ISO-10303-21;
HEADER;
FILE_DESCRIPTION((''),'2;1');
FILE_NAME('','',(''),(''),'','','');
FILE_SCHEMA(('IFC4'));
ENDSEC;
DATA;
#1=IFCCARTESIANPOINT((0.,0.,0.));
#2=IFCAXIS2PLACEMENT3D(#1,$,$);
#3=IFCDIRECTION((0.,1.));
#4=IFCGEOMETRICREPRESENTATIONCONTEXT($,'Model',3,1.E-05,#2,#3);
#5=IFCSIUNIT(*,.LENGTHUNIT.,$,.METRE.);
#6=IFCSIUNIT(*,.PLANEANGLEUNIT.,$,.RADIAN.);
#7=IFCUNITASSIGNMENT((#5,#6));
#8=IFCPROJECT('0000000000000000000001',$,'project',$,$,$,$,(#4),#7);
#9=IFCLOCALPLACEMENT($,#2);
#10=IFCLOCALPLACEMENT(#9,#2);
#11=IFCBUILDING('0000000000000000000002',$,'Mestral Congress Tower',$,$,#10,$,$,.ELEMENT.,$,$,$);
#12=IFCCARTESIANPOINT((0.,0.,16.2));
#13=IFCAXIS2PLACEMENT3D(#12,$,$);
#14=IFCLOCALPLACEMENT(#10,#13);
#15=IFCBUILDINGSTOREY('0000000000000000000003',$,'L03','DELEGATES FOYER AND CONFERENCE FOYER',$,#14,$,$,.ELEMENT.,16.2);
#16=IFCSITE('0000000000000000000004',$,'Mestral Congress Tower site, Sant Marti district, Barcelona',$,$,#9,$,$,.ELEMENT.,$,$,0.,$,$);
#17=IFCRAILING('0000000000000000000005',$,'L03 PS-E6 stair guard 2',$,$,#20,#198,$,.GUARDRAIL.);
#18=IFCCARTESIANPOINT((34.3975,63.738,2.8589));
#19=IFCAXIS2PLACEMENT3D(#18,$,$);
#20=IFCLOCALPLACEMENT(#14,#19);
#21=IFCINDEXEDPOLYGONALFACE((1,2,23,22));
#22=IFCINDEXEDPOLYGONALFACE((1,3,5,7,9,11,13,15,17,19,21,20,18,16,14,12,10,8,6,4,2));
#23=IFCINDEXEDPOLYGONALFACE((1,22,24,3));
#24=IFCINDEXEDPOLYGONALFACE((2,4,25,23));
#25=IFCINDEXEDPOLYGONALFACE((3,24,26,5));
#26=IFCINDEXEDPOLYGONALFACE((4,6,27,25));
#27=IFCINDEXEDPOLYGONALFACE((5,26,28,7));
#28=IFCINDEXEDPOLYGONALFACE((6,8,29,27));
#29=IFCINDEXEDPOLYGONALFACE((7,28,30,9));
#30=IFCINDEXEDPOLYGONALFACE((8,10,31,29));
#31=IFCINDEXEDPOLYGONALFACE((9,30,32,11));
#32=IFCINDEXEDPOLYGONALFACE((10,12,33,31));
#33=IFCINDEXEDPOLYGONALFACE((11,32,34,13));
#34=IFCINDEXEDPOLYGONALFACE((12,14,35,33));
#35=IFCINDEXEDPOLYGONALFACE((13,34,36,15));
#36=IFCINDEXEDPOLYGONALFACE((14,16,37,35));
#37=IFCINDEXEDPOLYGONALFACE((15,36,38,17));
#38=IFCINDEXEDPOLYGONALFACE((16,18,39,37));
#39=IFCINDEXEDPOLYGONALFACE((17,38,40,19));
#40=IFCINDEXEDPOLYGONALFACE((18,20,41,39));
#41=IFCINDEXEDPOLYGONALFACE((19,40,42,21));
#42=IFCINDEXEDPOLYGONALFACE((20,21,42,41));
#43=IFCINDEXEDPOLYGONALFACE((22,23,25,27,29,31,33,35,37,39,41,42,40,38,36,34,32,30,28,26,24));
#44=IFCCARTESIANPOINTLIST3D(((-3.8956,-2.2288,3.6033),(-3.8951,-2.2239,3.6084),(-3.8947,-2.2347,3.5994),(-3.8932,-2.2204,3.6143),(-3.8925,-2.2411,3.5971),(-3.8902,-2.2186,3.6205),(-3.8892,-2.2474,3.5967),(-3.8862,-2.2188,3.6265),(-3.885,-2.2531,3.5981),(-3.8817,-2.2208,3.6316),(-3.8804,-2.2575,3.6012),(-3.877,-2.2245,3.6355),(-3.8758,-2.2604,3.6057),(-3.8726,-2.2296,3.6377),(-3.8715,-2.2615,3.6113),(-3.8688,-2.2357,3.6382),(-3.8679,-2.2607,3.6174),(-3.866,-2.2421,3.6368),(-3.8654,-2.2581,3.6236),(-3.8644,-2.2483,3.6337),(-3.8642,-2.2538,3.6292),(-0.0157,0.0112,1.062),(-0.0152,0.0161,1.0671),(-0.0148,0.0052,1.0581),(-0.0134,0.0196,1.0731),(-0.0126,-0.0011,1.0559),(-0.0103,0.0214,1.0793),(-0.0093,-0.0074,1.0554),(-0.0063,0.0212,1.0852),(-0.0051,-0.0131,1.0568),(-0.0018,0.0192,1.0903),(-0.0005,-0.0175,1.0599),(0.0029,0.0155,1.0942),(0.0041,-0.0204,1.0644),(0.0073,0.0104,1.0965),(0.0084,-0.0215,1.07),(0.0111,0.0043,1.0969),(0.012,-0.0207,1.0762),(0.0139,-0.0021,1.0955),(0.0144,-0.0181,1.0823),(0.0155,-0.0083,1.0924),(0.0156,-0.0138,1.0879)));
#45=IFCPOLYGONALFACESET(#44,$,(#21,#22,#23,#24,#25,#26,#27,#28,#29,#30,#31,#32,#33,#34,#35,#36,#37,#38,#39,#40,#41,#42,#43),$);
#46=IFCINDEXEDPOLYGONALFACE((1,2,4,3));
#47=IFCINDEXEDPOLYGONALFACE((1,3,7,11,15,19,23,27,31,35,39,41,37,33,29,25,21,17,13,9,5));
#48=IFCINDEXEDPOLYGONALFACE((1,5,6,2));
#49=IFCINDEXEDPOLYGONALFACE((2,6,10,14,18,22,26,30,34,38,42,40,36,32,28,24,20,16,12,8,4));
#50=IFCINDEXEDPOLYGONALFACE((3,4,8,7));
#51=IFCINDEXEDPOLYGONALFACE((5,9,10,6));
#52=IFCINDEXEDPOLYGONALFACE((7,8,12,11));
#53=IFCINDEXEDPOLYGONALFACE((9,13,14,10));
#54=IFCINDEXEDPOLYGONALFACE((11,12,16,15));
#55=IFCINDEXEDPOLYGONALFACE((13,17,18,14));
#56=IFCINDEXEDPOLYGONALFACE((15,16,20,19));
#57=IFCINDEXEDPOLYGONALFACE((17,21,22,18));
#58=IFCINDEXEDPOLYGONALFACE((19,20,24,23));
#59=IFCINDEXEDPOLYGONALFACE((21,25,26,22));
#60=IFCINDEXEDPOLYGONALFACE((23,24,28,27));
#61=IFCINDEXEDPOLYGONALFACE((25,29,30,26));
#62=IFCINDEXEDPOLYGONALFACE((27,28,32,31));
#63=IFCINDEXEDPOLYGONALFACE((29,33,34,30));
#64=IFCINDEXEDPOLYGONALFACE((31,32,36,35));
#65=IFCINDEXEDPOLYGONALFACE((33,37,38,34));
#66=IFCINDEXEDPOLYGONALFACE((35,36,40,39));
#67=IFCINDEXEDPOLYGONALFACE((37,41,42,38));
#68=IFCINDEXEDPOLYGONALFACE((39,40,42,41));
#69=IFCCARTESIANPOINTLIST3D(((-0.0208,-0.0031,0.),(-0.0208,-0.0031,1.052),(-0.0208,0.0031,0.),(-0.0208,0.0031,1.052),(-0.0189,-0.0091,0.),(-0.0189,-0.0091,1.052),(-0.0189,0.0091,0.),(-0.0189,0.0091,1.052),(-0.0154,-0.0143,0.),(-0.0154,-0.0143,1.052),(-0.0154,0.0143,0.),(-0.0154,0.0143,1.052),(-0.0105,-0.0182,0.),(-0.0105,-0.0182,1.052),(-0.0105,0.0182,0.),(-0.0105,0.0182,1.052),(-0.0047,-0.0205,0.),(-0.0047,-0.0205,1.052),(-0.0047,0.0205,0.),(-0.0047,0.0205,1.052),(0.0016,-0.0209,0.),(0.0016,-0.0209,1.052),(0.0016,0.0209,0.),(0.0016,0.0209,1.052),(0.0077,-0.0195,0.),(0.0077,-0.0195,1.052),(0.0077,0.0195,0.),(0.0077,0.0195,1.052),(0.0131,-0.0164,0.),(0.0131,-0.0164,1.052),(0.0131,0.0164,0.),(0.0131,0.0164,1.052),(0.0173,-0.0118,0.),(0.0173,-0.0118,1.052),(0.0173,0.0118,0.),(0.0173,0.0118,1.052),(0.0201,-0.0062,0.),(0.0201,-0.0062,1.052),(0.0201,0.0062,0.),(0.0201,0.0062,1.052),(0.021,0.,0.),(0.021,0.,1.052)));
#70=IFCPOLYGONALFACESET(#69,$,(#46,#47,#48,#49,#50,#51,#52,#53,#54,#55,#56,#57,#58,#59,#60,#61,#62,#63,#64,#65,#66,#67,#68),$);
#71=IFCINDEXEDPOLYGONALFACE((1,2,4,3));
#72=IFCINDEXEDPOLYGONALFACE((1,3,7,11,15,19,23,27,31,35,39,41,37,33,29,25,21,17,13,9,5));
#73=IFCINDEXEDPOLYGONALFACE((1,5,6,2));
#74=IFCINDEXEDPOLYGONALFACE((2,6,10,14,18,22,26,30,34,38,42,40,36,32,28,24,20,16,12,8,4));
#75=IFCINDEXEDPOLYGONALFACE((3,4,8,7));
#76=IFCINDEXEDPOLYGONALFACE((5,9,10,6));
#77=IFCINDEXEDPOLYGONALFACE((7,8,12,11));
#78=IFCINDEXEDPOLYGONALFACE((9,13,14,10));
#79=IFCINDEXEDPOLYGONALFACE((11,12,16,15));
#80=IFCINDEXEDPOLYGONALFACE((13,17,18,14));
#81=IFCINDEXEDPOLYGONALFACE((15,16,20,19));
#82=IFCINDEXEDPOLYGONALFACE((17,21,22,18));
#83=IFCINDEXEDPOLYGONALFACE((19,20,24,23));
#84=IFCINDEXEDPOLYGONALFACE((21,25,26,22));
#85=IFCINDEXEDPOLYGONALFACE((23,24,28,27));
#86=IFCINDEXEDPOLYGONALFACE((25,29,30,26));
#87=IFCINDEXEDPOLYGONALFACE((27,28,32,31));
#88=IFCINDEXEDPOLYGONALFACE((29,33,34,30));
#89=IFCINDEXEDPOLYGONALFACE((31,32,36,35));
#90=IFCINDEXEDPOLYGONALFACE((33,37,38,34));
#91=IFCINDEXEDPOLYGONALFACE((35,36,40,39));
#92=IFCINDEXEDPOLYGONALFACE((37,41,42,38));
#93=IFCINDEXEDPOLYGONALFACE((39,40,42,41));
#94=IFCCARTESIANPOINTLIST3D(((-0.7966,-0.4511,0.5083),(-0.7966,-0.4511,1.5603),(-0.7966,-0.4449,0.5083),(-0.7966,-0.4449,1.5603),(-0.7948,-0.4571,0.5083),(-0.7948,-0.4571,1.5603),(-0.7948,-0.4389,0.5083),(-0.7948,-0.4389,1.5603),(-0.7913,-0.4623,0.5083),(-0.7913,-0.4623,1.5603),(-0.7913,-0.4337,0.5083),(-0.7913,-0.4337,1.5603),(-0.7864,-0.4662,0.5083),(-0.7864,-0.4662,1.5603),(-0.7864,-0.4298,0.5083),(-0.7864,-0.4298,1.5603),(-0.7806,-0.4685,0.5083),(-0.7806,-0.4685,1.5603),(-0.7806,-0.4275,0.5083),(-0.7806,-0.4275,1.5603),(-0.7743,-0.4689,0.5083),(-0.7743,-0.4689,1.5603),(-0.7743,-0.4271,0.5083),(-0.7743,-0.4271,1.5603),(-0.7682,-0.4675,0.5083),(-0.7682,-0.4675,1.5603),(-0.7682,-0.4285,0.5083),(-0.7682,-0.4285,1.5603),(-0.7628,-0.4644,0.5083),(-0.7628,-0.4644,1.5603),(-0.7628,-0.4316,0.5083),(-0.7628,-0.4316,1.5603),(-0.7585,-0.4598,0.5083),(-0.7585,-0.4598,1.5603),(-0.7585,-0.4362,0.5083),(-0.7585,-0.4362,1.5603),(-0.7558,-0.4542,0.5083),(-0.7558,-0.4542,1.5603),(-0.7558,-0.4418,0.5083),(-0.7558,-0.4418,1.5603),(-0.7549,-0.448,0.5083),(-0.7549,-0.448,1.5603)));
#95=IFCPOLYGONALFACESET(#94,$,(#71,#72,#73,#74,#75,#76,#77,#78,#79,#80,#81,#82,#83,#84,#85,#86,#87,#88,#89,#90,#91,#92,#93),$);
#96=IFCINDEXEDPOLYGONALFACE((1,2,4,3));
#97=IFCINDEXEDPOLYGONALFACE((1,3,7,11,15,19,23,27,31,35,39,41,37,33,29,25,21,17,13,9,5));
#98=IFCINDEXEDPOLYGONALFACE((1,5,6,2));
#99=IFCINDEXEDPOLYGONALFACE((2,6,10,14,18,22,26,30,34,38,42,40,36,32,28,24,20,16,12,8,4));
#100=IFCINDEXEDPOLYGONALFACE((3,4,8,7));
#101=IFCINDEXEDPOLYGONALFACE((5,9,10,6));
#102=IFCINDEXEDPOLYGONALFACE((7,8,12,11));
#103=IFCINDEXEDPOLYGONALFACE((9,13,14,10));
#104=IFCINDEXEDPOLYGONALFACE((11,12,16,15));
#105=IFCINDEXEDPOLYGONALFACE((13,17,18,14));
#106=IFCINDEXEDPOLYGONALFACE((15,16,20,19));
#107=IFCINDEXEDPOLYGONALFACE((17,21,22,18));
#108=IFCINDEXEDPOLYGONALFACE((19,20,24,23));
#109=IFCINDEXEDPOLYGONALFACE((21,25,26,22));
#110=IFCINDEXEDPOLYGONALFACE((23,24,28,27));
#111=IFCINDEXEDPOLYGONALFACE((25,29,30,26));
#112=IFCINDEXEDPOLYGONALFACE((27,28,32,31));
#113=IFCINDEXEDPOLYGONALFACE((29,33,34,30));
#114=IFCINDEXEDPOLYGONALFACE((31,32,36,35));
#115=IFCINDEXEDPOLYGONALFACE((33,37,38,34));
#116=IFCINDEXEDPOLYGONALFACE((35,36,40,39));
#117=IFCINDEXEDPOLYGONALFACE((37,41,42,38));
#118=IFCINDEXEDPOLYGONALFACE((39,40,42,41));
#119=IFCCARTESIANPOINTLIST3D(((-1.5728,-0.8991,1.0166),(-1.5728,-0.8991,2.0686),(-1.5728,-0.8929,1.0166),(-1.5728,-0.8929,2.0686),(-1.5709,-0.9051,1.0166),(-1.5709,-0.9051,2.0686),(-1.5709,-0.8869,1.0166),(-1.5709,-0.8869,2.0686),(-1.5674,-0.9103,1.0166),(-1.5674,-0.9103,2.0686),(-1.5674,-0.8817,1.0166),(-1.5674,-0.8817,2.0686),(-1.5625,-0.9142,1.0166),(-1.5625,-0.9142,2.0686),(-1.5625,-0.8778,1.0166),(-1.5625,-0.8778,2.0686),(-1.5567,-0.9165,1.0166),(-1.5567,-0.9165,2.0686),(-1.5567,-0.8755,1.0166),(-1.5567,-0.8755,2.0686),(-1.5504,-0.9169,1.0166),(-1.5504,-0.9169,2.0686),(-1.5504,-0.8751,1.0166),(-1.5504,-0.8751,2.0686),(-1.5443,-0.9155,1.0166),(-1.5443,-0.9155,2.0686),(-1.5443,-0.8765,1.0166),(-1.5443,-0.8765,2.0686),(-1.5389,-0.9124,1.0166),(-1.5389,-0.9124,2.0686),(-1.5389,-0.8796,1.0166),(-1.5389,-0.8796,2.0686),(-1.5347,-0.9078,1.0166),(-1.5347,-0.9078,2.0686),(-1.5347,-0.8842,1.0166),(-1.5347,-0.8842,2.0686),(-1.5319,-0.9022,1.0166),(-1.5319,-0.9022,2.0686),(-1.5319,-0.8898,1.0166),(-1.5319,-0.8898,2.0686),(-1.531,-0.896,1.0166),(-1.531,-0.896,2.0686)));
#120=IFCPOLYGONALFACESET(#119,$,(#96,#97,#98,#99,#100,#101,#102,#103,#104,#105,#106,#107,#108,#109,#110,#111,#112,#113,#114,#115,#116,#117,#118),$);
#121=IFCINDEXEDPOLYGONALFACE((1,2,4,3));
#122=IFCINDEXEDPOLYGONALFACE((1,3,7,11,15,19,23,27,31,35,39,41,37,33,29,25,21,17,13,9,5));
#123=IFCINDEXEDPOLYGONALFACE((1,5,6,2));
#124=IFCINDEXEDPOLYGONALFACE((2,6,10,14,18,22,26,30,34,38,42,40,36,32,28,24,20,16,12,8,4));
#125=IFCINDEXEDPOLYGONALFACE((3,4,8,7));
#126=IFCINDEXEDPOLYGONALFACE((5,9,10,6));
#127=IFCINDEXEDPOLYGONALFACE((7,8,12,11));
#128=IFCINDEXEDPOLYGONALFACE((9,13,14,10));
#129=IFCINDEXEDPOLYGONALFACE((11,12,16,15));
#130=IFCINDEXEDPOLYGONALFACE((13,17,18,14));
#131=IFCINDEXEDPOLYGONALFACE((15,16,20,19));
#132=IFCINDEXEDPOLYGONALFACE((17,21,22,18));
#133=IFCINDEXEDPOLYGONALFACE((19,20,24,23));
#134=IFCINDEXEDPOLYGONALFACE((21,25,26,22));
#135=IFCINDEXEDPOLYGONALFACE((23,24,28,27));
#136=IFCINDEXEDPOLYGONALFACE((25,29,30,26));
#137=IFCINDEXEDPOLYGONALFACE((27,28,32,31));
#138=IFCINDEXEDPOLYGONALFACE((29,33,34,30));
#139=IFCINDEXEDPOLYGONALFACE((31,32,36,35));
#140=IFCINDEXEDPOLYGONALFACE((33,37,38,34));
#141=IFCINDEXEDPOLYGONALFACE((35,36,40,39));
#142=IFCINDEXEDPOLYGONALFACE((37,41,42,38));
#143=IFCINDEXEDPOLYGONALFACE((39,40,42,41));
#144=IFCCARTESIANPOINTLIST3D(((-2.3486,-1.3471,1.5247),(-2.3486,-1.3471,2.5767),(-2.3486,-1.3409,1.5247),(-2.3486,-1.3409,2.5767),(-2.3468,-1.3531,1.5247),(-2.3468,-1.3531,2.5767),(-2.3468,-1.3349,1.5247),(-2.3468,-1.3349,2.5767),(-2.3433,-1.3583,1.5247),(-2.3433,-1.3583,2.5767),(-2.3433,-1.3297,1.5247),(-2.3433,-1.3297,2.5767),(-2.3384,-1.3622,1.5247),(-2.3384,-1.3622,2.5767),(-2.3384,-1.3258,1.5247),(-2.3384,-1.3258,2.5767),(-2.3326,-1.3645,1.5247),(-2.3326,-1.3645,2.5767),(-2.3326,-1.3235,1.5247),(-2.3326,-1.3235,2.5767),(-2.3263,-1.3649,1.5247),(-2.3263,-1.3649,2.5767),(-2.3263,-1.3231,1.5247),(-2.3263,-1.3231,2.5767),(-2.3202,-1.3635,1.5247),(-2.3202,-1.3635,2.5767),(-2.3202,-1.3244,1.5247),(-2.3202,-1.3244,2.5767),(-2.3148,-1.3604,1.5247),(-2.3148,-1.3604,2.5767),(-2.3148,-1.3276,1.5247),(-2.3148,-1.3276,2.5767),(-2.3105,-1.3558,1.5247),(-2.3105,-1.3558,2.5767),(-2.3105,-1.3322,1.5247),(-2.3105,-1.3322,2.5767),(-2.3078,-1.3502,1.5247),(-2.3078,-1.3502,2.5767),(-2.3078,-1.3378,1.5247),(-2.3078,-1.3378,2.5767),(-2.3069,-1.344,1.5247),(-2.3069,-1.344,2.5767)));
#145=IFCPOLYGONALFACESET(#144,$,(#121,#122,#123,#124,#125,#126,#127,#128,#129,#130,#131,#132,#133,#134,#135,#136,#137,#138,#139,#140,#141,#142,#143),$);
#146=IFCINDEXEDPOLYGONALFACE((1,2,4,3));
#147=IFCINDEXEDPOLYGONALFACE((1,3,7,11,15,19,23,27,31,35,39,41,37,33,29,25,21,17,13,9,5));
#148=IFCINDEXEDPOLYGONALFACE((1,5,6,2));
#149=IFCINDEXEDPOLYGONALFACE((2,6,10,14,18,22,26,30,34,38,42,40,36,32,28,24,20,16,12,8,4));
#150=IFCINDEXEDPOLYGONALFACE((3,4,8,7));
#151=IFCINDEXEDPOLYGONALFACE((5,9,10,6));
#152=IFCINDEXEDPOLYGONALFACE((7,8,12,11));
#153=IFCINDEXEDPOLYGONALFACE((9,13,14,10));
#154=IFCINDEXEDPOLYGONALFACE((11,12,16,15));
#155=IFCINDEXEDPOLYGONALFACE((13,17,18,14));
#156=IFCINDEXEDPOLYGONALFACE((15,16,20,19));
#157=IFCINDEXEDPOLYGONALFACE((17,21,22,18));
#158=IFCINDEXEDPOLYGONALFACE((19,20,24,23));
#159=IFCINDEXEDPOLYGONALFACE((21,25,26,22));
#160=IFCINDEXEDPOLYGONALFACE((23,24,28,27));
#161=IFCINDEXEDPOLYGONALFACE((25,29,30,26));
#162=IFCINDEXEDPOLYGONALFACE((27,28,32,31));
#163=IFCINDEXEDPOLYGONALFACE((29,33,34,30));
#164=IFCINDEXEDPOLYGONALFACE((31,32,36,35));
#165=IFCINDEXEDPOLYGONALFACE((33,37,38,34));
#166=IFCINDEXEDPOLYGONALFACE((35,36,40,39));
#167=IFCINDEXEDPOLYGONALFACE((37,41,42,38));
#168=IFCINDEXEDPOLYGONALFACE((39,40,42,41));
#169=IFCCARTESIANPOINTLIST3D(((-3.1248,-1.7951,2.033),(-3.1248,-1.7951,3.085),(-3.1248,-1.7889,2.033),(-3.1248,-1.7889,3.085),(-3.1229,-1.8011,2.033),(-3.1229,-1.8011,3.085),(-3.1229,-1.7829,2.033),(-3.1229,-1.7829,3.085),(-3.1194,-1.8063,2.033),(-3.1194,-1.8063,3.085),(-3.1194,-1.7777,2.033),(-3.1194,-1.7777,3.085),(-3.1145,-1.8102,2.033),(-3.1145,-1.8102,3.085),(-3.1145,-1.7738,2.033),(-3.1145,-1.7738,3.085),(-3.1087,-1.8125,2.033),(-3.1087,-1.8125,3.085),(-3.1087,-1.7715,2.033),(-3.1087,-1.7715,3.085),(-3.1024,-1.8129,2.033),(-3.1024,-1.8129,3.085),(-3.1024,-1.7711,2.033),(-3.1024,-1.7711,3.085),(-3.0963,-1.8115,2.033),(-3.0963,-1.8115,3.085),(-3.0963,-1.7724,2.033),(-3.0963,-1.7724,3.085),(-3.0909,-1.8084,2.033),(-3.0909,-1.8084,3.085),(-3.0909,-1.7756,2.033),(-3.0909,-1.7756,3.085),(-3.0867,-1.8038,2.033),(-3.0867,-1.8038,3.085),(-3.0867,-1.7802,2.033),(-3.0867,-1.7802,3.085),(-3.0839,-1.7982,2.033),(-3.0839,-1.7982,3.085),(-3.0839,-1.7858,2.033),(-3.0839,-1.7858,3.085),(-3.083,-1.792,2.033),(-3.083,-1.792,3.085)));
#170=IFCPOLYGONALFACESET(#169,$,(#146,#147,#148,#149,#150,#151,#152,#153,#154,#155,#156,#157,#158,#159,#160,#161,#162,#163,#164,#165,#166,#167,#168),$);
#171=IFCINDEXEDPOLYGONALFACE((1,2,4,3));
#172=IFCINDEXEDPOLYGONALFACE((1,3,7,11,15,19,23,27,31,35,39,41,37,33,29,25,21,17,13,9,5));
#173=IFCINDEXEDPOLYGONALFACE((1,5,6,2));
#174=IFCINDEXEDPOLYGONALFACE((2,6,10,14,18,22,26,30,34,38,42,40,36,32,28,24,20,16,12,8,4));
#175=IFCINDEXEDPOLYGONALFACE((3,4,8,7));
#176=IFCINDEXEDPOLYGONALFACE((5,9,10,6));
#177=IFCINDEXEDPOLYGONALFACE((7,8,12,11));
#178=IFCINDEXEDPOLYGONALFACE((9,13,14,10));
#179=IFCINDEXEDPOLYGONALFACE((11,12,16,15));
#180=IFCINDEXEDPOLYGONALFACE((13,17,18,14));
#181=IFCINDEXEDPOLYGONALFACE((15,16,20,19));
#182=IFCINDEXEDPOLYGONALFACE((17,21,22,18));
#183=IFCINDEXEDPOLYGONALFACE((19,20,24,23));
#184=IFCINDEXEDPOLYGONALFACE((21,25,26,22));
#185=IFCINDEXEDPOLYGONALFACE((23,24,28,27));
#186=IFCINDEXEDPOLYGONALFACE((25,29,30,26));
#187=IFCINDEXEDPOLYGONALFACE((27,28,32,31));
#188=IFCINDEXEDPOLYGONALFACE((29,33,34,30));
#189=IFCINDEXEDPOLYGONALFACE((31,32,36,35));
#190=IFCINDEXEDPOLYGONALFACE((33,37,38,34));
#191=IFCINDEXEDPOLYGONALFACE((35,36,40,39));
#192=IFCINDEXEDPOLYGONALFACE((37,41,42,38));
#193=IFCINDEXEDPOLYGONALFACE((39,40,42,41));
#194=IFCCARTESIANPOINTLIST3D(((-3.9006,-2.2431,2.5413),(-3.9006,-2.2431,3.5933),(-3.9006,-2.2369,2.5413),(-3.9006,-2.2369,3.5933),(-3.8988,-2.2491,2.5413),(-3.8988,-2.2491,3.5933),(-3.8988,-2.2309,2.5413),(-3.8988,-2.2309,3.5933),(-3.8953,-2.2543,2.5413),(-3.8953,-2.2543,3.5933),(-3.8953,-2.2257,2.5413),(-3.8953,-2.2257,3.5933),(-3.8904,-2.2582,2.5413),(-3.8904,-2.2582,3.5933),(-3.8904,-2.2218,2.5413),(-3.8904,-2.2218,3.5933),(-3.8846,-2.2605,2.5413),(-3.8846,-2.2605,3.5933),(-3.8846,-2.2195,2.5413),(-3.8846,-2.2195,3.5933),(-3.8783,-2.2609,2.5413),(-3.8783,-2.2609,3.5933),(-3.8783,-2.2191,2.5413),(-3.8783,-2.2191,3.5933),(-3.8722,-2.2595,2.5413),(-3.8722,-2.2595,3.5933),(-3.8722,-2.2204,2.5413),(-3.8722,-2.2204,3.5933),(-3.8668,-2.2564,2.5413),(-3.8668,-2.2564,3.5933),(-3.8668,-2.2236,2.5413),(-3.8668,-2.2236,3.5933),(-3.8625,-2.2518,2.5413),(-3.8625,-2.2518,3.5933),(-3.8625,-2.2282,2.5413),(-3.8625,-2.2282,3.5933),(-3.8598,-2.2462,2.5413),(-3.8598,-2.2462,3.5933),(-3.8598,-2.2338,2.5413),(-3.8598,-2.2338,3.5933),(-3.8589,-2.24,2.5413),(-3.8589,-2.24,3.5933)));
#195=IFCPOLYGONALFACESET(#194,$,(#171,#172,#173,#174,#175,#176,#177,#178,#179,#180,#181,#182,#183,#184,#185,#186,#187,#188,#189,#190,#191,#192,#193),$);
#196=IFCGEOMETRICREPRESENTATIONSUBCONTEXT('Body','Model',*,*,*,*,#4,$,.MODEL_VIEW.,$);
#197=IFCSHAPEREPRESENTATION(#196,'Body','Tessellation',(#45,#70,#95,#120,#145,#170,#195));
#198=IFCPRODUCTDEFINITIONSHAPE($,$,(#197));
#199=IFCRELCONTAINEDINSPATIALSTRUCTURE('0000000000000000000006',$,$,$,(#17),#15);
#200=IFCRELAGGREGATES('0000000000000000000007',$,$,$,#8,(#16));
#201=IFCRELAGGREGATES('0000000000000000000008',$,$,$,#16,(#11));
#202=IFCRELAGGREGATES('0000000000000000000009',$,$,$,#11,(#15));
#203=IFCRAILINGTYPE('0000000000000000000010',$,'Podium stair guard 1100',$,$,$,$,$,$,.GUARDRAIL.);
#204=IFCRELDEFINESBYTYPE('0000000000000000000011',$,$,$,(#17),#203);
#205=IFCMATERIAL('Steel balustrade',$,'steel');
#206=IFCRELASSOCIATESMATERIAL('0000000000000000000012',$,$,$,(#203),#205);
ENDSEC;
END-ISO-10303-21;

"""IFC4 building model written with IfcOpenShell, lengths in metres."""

from ifc_helpers import new_model, si_unit, direction, frame, origin, origin_2d, place, context, subcontext, project, spatial, circle, extrude, material, type_object, element, save


model = new_model("IFC4")

# Units and contexts
model_context = context("Model", 3, precision=1e-05, world=origin(), true_north=direction((0.0, 1.0)))
body_context = subcontext(model_context, "Body", "Model", "MODEL_VIEW")
ifc_project = project(units=[si_unit("LENGTHUNIT", "METRE"), si_unit("PLANEANGLEUNIT", "RADIAN")], contexts=[model_context])

# Site, building, storey
site_placement = place(None, origin())
site = spatial("IfcSite", under=ifc_project, at=site_placement, Name="Mestral Congress Tower site, Sant Marti district, Barcelona", CompositionType="ELEMENT", RefElevation=0.0)
building_placement = place(site_placement, origin())
building = spatial("IfcBuilding", under=site, at=building_placement, Name="Mestral Congress Tower", CompositionType="ELEMENT")
storey_placement = place(building_placement, frame((0.0, 0.0, 16.2)))
storey = spatial("IfcBuildingStorey", under=building, at=storey_placement, Name="L03", Description="DELEGATES FOYER AND CONFERENCE FOYER", CompositionType="ELEMENT", Elevation=16.2)

# Railing
ifc_material_1 = material(Name="Steel balustrade", Category="steel")
railing_type_1 = type_object("IfcRailingType", Name="Podium stair guard 1100", PredefinedType="GUARDRAIL", material=ifc_material_1)
railing_1_placement = place(storey_placement, frame((34.3975, 63.738, 2.8589)))
element("IfcRailing", 1, at=railing_1_placement, inside=storey, type_object=railing_type_1, Name="L03 PS-E6 stair guard 2", PredefinedType="GUARDRAIL", context=body_context, shape_type="SweptSolid", body=[
    extrude(circle(Radius=0.0239, at=origin_2d()), frame((0.0, 0.0, 1.0762), z_axis=(-0.753282, -0.434896, 0.493388), x_axis=(0.49999, -0.866031, 0.0)), (0.0, 0.0, 1.0), 5.1506),
    extrude(circle(Radius=0.021, at=origin_2d()), origin(), (0.0, 0.0, 1.0), 1.052),
    extrude(circle(Radius=0.021, at=origin_2d()), frame((-0.7759, -0.448, 0.5083)), (0.0, 0.0, 1.0), 1.052),
    extrude(circle(Radius=0.021, at=origin_2d()), frame((-1.552, -0.896, 1.0166)), (0.0, 0.0, 1.0), 1.052),
    extrude(circle(Radius=0.021, at=origin_2d()), frame((-2.3279, -1.344, 1.5247)), (0.0, 0.0, 1.0), 1.052),
    extrude(circle(Radius=0.021, at=origin_2d()), frame((-3.104, -1.792, 2.033)), (0.0, 0.0, 1.0), 1.052),
    extrude(circle(Radius=0.021, at=origin_2d()), frame((-3.8799, -2.24, 2.5413)), (0.0, 0.0, 1.0), 1.052),
])

save(model, "model.ifc")
